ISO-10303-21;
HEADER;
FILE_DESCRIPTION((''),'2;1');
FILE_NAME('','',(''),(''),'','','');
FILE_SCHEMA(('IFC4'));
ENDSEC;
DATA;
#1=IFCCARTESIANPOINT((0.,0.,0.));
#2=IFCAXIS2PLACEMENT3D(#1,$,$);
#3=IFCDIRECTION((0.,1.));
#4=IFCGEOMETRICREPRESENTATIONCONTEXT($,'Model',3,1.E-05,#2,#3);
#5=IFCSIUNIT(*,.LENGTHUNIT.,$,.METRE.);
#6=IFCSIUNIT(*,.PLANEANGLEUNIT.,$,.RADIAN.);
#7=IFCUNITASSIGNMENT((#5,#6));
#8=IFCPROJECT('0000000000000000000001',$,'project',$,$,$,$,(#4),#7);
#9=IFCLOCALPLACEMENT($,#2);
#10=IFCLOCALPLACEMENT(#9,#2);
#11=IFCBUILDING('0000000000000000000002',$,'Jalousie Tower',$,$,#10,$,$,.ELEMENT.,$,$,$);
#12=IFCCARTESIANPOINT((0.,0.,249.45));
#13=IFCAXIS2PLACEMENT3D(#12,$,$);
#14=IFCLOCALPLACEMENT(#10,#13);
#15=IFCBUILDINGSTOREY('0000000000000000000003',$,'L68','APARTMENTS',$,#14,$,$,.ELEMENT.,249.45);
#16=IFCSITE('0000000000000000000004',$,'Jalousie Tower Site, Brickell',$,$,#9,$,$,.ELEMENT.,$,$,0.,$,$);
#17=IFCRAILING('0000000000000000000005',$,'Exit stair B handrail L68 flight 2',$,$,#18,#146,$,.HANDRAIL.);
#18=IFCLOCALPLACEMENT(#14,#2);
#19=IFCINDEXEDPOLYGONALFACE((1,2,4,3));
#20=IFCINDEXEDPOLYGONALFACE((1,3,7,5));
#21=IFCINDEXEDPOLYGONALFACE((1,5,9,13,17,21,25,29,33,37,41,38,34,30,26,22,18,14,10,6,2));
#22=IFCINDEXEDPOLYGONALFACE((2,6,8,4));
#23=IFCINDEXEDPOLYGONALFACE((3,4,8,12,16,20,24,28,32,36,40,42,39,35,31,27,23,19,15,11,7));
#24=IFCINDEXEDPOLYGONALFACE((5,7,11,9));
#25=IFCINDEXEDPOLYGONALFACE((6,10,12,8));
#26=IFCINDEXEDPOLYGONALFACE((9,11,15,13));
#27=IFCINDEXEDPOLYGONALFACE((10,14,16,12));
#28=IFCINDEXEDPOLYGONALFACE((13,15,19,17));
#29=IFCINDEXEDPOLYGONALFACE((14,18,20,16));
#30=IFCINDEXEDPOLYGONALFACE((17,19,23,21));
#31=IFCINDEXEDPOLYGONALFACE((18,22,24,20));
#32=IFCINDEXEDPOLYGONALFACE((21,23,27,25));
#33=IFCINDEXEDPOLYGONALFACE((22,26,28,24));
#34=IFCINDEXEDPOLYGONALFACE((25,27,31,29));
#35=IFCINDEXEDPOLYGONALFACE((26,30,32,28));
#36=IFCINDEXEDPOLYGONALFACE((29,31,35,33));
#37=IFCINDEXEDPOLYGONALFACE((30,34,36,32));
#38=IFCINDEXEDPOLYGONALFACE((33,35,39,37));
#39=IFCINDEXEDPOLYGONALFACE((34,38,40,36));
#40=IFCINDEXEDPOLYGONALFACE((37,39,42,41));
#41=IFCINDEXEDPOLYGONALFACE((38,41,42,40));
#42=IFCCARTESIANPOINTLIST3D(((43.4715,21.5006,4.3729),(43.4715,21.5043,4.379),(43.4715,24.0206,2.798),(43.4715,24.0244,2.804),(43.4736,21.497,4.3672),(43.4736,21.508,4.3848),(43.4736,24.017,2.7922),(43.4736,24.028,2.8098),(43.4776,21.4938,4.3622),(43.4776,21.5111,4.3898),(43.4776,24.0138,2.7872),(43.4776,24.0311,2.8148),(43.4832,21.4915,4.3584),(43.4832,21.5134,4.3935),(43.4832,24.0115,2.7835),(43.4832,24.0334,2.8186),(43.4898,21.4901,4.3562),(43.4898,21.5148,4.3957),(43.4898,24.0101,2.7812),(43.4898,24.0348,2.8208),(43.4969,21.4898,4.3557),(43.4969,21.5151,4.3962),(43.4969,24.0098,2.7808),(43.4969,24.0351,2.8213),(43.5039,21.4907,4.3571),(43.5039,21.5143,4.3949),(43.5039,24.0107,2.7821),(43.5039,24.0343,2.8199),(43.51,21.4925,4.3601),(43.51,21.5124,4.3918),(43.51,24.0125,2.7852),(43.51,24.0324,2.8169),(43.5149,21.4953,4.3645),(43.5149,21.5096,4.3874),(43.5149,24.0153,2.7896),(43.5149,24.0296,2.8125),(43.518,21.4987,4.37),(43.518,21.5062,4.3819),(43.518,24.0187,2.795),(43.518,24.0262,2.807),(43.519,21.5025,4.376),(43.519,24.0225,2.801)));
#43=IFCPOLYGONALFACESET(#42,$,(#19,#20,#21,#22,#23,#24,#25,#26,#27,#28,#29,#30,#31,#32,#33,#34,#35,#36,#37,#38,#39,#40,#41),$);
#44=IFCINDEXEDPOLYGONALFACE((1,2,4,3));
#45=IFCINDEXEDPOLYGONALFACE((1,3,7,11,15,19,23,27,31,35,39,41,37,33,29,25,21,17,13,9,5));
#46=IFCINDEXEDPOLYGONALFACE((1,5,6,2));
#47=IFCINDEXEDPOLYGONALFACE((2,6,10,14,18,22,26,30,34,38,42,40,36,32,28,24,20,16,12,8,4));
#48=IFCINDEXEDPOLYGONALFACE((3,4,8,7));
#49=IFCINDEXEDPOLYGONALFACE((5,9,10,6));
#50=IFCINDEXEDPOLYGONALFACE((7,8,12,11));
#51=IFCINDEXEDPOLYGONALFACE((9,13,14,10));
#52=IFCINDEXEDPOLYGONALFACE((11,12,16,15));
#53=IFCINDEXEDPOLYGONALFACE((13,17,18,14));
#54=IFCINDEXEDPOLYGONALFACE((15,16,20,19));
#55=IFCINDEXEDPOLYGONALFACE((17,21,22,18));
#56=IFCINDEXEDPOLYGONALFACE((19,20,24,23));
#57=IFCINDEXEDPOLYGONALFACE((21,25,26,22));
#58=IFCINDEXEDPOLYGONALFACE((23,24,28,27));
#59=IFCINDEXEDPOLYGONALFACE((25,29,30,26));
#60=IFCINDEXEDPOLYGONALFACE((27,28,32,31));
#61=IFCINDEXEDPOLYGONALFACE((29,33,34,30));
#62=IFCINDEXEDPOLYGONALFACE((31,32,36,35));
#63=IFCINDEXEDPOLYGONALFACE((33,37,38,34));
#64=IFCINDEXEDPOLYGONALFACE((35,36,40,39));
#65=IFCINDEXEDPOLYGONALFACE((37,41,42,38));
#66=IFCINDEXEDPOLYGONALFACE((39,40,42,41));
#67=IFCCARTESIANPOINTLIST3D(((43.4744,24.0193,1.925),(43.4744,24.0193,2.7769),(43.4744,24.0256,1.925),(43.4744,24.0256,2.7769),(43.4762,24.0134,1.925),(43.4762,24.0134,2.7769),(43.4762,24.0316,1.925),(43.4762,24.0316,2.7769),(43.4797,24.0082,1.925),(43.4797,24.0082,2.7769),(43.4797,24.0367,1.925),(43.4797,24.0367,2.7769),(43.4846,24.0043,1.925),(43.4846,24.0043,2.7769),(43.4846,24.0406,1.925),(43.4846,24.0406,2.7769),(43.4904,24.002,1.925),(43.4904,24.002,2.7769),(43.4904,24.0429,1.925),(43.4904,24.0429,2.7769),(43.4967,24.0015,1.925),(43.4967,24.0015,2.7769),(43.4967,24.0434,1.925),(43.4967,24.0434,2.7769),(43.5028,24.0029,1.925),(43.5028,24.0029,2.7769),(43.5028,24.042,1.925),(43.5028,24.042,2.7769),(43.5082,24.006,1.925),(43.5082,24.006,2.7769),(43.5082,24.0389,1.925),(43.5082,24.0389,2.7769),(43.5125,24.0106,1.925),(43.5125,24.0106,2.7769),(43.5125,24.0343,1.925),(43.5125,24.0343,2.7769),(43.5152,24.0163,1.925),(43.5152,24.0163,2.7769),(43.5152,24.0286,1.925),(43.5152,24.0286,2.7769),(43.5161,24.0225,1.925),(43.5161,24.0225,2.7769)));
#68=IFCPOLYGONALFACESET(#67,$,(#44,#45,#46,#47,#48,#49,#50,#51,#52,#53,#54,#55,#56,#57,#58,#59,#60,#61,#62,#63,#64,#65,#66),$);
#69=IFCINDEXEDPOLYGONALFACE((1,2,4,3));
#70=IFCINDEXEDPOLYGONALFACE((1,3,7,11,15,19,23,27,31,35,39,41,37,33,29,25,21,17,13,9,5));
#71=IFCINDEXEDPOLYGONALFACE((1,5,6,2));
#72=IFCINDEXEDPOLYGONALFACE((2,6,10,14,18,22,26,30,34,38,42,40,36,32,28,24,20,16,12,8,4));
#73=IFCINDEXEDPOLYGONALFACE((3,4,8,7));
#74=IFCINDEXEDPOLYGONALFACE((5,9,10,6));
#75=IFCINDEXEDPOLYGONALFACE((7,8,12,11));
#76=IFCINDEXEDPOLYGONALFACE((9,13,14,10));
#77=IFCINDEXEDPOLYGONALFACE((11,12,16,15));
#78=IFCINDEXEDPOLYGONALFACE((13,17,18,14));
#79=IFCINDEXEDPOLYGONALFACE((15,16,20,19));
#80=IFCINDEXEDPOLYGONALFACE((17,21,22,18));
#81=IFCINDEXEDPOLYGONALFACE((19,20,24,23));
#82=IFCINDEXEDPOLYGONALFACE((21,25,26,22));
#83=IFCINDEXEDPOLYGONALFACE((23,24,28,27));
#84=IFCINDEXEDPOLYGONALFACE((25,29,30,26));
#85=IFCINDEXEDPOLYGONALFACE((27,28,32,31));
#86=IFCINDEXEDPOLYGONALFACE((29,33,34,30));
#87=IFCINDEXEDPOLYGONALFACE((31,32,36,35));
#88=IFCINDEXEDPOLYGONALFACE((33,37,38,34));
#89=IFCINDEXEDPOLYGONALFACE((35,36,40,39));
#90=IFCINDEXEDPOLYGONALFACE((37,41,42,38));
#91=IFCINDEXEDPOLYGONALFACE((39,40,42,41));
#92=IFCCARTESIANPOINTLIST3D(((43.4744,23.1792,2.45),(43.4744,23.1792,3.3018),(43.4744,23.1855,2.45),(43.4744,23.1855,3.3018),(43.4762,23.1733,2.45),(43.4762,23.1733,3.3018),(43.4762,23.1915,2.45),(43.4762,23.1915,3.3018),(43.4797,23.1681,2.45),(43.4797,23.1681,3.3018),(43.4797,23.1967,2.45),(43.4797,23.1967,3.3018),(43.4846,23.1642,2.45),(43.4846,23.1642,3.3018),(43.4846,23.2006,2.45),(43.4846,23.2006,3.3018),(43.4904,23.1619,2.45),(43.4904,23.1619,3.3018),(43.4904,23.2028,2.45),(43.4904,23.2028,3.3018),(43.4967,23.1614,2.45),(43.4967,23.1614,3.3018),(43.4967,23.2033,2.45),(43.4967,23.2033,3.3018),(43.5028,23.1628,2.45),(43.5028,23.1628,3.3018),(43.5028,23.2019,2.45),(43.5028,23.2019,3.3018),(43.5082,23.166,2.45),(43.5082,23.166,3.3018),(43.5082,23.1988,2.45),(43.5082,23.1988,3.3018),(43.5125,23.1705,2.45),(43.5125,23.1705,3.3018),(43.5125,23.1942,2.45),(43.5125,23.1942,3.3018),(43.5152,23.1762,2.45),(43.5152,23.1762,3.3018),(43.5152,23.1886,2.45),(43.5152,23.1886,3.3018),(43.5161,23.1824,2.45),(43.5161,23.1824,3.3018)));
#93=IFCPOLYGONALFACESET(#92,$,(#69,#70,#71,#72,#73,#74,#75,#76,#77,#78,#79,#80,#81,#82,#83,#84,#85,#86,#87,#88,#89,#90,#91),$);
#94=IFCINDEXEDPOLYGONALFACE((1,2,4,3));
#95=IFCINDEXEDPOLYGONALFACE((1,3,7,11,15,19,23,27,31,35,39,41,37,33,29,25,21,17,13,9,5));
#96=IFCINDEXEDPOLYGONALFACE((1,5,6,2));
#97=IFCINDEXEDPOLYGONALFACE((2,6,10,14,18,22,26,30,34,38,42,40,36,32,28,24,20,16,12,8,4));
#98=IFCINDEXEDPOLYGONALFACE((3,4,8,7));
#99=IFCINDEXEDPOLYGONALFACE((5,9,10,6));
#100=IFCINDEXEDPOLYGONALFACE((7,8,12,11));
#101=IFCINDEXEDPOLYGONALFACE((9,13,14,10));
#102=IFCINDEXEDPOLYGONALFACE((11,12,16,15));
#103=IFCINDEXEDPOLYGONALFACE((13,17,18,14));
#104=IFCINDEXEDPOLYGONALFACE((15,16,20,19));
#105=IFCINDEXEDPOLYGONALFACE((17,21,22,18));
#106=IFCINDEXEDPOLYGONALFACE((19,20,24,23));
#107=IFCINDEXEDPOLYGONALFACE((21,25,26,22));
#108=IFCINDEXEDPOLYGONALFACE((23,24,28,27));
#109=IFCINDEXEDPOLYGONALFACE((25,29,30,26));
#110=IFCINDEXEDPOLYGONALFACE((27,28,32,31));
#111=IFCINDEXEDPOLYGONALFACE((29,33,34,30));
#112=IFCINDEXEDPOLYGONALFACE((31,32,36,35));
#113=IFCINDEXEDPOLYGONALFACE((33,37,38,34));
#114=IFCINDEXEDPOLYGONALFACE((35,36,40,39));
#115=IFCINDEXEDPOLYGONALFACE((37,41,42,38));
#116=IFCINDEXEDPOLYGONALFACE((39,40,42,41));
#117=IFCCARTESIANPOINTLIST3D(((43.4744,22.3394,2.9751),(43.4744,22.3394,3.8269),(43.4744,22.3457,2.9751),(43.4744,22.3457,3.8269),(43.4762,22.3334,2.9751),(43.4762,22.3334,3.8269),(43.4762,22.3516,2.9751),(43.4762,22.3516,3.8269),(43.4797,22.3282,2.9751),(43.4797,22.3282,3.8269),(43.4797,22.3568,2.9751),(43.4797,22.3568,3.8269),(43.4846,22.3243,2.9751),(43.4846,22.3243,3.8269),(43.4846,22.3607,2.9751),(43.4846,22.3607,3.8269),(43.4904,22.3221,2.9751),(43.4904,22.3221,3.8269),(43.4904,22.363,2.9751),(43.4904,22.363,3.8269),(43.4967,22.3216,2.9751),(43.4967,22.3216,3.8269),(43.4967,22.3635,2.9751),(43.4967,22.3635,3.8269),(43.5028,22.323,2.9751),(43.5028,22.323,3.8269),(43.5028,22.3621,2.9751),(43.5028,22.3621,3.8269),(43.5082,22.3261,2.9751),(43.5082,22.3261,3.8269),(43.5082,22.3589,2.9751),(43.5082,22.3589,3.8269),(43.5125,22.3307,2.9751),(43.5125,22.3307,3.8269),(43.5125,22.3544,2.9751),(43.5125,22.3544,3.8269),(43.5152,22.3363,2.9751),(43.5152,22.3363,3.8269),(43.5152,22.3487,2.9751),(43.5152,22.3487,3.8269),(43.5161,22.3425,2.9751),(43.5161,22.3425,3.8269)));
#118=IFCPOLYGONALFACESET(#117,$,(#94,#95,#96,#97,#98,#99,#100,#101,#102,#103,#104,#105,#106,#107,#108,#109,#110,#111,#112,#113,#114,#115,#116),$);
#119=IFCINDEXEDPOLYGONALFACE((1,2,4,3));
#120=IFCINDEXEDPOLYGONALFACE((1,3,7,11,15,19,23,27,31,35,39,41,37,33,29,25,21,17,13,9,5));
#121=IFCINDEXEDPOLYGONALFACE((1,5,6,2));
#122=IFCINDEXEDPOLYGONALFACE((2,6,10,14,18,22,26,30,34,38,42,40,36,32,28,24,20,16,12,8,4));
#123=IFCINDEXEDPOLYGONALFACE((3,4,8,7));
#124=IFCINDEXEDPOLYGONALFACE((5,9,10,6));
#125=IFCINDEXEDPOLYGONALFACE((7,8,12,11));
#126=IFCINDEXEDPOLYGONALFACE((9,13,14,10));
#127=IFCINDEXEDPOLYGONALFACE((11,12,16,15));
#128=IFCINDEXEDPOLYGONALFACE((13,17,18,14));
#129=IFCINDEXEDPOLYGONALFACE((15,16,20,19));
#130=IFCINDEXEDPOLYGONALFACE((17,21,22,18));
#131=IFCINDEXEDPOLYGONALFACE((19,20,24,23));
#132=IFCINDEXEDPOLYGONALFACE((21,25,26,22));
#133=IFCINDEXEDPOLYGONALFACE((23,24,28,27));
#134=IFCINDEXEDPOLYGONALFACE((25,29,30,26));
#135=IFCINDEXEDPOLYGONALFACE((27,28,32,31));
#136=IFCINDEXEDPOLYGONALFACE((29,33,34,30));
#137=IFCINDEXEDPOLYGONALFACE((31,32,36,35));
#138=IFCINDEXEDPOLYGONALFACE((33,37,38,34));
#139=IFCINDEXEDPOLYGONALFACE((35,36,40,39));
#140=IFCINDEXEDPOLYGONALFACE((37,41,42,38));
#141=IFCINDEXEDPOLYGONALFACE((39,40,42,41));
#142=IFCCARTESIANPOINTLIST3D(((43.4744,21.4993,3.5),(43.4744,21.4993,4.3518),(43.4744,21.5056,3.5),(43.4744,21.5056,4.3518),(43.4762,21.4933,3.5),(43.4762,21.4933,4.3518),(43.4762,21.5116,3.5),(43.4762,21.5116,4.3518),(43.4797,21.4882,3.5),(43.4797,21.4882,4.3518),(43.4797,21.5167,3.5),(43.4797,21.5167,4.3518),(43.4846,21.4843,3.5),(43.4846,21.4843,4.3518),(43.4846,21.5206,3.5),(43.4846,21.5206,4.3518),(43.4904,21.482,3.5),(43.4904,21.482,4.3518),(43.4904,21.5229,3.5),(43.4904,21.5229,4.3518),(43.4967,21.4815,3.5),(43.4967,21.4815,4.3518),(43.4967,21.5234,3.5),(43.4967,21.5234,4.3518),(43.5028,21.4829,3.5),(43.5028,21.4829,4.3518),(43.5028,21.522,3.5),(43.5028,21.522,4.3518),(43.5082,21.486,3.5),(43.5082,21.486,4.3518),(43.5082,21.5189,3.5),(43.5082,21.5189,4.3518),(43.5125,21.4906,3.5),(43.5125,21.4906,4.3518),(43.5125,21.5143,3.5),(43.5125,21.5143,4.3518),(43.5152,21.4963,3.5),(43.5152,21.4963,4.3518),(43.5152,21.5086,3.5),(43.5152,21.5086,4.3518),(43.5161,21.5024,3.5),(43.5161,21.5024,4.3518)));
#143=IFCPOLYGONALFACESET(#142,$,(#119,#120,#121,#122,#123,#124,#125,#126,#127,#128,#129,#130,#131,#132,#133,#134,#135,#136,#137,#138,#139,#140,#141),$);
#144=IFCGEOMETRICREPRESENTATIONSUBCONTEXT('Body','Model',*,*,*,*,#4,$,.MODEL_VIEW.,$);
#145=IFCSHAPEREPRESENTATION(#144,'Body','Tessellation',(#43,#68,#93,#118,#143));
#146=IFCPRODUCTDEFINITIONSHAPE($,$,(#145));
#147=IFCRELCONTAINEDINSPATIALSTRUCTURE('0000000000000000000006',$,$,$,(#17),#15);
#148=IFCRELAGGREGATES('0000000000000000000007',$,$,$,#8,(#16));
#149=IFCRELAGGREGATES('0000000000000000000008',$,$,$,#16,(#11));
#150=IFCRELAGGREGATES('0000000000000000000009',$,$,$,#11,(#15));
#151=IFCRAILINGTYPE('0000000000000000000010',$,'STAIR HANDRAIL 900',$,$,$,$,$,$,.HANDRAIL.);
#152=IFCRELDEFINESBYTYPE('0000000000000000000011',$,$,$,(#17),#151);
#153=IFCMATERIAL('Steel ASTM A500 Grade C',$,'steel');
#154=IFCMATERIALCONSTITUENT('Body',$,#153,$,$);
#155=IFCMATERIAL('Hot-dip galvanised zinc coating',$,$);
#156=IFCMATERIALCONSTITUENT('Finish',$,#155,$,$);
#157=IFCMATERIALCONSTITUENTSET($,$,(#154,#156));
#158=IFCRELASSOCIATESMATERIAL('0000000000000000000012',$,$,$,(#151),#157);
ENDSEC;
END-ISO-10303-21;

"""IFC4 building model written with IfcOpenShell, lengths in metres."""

from ifc_helpers import new_model, si_unit, direction, frame, origin, origin_2d, place, context, subcontext, project, spatial, circle, extrude, material, constituent, constituent_set, type_object, element, save


model = new_model("IFC4")

# Units and contexts
model_context = context("Model", 3, precision=1e-05, world=origin(), true_north=direction((0.0, 1.0)))
body_context = subcontext(model_context, "Body", "Model", "MODEL_VIEW")
ifc_project = project(units=[si_unit("LENGTHUNIT", "METRE"), si_unit("PLANEANGLEUNIT", "RADIAN")], contexts=[model_context])

# Site, building, storey
site_placement = place(None, origin())
site = spatial("IfcSite", under=ifc_project, at=site_placement, Name="Jalousie Tower Site, Brickell", CompositionType="ELEMENT", RefElevation=0.0)
building_placement = place(site_placement, origin())
building = spatial("IfcBuilding", under=site, at=building_placement, Name="Jalousie Tower", CompositionType="ELEMENT")
storey_placement = place(building_placement, frame((0.0, 0.0, 249.45)))
storey = spatial("IfcBuildingStorey", under=building, at=storey_placement, Name="L68", Description="APARTMENTS", CompositionType="ELEMENT", Elevation=249.45)

# Railing
ifc_material_1 = material(Name="Steel ASTM A500 Grade C", Category="steel")
ifc_constituent_1 = constituent(ifc_material_1, Name="Body")
ifc_material_2 = material(Name="Hot-dip galvanised zinc coating")
ifc_constituent_2 = constituent(ifc_material_2, Name="Finish")
ifc_constituent_set_1 = constituent_set(constituents=[ifc_constituent_1, ifc_constituent_2])
railing_type_1 = type_object("IfcRailingType", Name="STAIR HANDRAIL 900", PredefinedType="HANDRAIL", material=ifc_constituent_set_1)
railing_1_placement = place(storey_placement, frame((43.4951, 24.0225, 1.925)))
element("IfcRailing", 1, at=railing_1_placement, inside=storey, type_object=railing_type_1, Name="Exit stair B handrail L68 flight 2", PredefinedType="HANDRAIL", context=body_context, shape_type="SweptSolid", body=[
    extrude(circle(Radius=0.0239, at=origin_2d()), frame((0.0, 0.0, 0.876), z_axis=(0.0, -0.848008, 0.529984), x_axis=(1.0, 0.0, 0.0)), (0.0, 0.0, 1.0), 2.9717),
    extrude(circle(Radius=0.021, at=origin_2d()), origin(), (0.0, 0.0, 1.0), 0.8518),
    extrude(circle(Radius=0.021, at=origin_2d()), frame((0.0, -0.8401, 0.5249)), (0.0, 0.0, 1.0), 0.8518),
    extrude(circle(Radius=0.021, at=origin_2d()), frame((0.0, -1.6799, 1.05)), (0.0, 0.0, 1.0), 0.8518),
    extrude(circle(Radius=0.021, at=origin_2d()), frame((0.0, -2.52, 1.575)), (0.0, 0.0, 1.0), 0.8518),
])

save(model, "model.ifc")
